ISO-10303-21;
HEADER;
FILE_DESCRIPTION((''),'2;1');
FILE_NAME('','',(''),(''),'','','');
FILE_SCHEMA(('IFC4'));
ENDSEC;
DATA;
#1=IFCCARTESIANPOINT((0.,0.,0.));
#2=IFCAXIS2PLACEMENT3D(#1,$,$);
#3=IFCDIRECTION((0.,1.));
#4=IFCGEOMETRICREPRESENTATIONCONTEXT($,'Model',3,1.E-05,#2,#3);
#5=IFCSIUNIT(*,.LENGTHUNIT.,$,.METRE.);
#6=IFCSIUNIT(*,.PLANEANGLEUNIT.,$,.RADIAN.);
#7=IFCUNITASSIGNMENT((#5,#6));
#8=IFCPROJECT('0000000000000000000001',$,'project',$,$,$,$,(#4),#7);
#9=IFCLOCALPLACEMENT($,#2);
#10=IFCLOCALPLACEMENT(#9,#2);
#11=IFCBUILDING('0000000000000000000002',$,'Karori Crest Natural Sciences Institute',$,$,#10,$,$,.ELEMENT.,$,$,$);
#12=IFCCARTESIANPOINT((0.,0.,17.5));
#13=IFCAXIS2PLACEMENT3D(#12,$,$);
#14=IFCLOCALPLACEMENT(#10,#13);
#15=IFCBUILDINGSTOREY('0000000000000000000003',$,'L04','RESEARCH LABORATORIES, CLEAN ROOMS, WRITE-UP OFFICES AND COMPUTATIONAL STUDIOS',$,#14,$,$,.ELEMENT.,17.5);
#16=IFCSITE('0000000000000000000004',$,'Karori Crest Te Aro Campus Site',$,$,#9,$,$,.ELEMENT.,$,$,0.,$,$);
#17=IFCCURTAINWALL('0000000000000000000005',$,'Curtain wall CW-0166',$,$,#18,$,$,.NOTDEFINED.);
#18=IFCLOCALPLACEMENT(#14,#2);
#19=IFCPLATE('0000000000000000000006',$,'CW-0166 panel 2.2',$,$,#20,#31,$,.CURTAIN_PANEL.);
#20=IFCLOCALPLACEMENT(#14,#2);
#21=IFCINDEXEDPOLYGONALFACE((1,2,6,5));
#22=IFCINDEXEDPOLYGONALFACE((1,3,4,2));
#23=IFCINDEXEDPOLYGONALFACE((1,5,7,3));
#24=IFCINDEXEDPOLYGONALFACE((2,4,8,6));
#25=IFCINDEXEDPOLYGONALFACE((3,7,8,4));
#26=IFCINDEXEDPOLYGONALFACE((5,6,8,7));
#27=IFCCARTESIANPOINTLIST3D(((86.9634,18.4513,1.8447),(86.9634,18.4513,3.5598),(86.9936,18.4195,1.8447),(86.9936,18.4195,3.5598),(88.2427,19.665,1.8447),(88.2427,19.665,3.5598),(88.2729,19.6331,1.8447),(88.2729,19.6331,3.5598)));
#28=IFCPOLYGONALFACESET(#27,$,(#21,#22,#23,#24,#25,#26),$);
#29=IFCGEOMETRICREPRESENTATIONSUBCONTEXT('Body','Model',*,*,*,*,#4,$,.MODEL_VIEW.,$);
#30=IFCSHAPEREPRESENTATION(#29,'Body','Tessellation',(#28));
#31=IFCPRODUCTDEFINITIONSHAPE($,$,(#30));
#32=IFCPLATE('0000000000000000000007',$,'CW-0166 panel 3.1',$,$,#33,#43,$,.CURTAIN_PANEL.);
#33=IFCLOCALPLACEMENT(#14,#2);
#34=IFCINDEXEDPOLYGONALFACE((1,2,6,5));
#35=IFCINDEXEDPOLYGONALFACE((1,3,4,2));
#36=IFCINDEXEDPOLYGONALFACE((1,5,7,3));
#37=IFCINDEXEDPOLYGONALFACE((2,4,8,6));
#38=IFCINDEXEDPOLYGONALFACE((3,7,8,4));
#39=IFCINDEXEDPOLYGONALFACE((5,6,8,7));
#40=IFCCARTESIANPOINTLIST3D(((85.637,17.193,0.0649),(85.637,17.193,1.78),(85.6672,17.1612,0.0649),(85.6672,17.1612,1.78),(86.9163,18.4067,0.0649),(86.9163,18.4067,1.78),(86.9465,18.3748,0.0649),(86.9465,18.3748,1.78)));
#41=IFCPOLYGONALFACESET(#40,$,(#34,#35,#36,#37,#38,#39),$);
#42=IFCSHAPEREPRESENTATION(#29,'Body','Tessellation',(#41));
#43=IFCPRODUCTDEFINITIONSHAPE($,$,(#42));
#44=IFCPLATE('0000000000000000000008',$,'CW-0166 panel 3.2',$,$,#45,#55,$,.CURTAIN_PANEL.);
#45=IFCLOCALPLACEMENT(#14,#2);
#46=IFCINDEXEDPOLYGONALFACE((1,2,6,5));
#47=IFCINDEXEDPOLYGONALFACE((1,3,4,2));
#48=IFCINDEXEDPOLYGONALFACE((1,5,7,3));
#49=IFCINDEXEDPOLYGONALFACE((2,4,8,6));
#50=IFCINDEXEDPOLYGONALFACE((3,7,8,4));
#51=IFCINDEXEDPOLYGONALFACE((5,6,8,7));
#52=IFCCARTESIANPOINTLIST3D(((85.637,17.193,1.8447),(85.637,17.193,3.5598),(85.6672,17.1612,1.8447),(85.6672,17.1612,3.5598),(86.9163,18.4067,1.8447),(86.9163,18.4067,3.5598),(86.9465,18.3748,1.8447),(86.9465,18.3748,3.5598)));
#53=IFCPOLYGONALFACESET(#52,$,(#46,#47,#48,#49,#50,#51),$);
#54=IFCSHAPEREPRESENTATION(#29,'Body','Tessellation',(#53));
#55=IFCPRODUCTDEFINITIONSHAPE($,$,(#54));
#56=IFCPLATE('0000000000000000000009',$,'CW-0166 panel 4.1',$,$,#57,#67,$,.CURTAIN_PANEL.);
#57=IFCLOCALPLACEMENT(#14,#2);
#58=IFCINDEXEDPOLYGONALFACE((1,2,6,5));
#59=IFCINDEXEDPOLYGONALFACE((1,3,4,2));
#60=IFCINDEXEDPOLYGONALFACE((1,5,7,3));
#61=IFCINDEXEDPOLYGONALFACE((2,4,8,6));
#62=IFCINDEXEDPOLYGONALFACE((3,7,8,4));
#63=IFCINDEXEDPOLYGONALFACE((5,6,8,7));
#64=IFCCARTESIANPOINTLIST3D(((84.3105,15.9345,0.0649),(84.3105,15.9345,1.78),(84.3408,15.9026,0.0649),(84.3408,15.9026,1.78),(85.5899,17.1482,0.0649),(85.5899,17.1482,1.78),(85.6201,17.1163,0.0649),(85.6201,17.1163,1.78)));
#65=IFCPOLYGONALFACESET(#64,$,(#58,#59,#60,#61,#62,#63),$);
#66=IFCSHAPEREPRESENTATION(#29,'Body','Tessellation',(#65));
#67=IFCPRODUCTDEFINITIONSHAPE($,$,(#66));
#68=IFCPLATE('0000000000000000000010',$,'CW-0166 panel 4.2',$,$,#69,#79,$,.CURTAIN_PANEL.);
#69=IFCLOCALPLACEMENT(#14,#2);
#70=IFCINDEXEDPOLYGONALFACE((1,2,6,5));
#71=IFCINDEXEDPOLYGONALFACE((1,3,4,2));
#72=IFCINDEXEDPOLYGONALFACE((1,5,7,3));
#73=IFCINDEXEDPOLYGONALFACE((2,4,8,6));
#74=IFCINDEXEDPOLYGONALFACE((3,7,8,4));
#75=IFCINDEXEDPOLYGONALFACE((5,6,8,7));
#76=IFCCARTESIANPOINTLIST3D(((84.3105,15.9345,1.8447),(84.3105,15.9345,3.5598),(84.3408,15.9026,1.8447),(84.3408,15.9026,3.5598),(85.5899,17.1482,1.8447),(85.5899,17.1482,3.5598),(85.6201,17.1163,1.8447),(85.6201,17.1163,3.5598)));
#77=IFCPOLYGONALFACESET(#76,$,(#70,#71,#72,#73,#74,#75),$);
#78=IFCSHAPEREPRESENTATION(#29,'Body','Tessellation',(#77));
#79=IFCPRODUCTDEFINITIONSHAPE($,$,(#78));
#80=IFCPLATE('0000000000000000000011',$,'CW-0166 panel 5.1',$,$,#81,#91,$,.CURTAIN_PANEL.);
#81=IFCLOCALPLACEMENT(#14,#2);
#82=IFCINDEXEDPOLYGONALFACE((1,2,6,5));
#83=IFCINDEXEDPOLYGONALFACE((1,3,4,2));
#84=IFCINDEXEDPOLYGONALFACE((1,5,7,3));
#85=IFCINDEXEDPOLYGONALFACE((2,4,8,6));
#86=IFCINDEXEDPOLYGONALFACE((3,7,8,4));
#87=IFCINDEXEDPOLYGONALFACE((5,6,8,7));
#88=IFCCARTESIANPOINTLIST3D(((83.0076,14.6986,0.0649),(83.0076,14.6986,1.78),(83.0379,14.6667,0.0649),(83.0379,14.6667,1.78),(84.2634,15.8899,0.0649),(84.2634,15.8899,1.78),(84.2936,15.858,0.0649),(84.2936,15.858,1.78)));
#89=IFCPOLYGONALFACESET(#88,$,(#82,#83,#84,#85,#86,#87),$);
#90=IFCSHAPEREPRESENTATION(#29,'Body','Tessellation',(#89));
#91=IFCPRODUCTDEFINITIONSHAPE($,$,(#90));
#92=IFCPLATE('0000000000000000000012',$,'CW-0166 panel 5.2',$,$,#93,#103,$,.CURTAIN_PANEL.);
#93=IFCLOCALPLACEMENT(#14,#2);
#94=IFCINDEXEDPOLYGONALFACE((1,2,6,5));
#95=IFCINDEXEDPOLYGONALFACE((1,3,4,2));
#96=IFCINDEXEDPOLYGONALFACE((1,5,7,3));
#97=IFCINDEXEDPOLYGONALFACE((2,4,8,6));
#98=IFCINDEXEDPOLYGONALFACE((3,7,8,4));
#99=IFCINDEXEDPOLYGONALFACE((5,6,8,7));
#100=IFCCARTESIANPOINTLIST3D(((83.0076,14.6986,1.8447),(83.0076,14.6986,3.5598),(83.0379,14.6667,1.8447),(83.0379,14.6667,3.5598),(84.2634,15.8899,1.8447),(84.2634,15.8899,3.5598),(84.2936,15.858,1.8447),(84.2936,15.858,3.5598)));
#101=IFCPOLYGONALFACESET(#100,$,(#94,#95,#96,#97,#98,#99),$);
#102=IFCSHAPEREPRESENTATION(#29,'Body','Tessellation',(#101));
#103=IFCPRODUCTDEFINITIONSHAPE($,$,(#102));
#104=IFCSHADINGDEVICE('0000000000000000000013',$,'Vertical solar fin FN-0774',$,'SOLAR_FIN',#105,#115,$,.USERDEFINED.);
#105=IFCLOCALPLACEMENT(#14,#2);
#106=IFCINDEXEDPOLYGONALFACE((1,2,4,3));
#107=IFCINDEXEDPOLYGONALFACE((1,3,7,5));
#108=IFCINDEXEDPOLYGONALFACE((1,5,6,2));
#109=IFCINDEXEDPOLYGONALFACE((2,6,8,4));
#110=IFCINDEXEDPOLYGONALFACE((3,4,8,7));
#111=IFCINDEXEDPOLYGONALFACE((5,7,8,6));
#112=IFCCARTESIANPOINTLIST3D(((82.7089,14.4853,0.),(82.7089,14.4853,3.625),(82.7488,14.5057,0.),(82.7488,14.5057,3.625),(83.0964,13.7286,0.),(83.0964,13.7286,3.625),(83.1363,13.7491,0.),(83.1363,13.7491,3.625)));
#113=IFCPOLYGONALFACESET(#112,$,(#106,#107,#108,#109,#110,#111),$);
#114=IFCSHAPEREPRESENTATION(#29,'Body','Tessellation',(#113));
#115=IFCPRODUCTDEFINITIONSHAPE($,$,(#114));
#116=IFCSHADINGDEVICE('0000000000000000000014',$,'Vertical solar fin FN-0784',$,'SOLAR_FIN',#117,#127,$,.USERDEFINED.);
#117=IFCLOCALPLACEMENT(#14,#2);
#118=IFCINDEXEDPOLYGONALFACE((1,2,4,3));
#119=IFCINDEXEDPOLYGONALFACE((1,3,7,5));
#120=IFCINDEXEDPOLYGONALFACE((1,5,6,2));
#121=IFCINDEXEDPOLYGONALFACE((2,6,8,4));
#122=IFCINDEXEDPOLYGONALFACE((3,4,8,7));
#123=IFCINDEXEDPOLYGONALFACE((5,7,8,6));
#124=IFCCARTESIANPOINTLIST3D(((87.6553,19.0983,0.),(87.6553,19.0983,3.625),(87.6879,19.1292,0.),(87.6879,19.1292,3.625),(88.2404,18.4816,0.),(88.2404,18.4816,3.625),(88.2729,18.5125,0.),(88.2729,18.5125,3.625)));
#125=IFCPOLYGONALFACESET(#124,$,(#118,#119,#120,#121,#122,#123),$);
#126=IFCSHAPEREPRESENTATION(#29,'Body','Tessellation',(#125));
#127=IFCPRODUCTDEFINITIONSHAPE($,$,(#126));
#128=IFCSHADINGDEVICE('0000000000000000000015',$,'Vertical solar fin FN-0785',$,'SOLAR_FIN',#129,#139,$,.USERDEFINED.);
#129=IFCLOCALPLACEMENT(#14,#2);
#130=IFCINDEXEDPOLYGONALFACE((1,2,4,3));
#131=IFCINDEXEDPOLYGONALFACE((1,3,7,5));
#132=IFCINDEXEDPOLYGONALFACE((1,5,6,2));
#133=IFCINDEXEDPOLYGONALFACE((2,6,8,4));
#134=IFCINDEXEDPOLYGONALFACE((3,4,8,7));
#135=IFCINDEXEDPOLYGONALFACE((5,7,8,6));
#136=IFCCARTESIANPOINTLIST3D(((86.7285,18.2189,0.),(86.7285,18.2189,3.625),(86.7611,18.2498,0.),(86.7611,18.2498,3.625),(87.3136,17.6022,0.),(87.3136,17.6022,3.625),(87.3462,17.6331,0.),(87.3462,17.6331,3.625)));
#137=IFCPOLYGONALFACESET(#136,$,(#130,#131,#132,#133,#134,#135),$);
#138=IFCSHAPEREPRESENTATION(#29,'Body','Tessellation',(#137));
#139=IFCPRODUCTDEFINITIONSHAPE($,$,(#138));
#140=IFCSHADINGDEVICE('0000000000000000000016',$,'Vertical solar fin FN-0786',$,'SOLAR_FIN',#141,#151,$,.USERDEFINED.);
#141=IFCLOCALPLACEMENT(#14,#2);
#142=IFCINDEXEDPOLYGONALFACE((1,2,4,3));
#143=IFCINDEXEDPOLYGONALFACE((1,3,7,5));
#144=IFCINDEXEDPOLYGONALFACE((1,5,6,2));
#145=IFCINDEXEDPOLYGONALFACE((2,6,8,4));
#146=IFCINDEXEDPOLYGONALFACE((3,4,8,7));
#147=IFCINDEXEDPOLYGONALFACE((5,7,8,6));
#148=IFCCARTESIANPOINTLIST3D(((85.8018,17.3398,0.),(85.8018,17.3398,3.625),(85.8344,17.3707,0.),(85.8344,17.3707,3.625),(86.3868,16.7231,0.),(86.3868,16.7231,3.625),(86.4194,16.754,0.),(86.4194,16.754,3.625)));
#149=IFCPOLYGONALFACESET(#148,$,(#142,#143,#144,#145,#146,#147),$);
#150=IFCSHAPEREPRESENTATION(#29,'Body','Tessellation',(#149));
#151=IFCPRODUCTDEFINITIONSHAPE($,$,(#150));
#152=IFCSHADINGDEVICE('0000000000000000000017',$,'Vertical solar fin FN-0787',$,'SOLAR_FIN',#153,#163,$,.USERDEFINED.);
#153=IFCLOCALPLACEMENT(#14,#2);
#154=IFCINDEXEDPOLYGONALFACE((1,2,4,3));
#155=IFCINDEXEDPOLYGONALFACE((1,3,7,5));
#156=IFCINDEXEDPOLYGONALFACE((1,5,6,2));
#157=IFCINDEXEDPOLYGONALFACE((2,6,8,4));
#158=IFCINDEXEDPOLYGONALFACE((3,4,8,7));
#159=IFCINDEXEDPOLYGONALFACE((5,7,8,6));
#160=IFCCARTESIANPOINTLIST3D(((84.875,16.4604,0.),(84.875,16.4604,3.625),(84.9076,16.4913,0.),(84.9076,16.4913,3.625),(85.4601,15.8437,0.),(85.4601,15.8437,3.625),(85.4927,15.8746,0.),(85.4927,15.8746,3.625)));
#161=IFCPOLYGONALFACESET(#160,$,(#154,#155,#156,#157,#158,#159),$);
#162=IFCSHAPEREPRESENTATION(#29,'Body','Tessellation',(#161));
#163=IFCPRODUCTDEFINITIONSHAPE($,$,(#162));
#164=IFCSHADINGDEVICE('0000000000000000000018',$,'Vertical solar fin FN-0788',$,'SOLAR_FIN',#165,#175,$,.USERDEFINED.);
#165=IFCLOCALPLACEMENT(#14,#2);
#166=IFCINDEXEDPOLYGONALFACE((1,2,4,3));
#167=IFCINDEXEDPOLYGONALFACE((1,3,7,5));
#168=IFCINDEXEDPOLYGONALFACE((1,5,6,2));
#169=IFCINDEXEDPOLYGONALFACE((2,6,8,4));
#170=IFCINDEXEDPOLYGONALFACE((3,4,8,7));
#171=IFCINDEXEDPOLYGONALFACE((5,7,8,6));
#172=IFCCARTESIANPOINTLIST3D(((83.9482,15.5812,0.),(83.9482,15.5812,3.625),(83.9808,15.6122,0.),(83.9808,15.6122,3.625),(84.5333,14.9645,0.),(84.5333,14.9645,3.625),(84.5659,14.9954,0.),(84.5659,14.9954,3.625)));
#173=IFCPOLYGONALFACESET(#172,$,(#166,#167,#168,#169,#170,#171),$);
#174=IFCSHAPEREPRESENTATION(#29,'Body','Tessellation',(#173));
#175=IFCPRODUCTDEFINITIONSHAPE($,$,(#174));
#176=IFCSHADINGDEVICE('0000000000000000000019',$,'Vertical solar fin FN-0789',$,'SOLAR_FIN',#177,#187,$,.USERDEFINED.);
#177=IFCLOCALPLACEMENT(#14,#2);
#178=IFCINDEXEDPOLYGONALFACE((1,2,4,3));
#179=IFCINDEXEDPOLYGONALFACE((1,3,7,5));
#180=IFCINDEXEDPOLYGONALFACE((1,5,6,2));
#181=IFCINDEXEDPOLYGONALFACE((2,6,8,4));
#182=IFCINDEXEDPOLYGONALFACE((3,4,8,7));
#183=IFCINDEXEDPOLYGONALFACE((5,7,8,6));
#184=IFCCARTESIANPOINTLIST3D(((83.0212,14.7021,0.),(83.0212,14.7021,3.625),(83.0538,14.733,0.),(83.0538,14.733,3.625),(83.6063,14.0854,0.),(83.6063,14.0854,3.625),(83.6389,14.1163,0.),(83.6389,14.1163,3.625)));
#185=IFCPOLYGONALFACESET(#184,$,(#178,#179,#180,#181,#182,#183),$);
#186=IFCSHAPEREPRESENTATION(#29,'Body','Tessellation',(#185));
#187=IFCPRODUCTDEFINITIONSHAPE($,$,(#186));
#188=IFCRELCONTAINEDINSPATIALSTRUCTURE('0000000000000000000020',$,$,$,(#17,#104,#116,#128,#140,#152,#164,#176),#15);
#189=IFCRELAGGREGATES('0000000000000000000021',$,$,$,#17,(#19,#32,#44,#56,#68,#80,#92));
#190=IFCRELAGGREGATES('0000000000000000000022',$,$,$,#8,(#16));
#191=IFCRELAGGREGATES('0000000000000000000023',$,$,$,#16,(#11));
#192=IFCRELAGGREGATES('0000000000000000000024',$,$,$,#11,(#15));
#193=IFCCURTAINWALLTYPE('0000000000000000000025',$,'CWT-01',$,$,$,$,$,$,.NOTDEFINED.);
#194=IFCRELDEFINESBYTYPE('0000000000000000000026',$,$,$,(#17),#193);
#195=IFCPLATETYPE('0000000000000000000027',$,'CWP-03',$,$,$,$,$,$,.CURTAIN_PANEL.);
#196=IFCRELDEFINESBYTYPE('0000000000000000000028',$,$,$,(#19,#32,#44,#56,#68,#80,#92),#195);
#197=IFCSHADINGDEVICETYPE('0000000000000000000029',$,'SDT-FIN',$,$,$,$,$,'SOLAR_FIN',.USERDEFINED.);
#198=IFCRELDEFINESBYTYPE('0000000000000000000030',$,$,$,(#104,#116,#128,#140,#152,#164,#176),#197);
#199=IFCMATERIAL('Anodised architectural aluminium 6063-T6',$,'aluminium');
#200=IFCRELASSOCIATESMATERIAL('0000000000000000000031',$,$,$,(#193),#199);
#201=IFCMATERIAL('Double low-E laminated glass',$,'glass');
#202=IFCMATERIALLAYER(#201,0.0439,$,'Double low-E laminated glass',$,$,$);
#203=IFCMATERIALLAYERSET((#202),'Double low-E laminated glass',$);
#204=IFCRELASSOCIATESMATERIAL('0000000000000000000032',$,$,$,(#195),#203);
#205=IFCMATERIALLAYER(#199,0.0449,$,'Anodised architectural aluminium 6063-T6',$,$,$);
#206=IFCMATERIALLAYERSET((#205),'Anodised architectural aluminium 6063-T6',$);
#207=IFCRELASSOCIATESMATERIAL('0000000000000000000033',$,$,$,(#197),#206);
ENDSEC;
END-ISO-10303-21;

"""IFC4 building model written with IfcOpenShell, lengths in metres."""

from ifc_helpers import new_model, si_unit, direction, frame, origin, origin_2d, place, context, subcontext, project, spatial, rectangle, extrude, material, layer, layer_set, type_object, element, aggregate, save


model = new_model("IFC4")

# Units and contexts
model_context = context("Model", 3, precision=1e-05, world=origin(), true_north=direction((0.0, 1.0)))
body_context = subcontext(model_context, "Body", "Model", "MODEL_VIEW")
ifc_project = project(units=[si_unit("LENGTHUNIT", "METRE"), si_unit("PLANEANGLEUNIT", "RADIAN")], contexts=[model_context])

# Site, building, storey
site_placement = place(None, origin())
site = spatial("IfcSite", under=ifc_project, at=site_placement, Name="Karori Crest Te Aro Campus Site", CompositionType="ELEMENT", RefElevation=0.0)
building_placement = place(site_placement, origin())
building = spatial("IfcBuilding", under=site, at=building_placement, Name="Karori Crest Natural Sciences Institute", CompositionType="ELEMENT")
storey_placement = place(building_placement, frame((0.0, 0.0, 17.5)))
storey = spatial("IfcBuildingStorey", under=building, at=storey_placement, Name="L04", Description="RESEARCH LABORATORIES, CLEAN ROOMS, WRITE-UP OFFICES AND COMPUTATIONAL STUDIOS", CompositionType="ELEMENT", Elevation=17.5)

# Curtain wall, plates
ifc_material_1 = material(Name="Anodised architectural aluminium 6063-T6", Category="aluminium")
curtain_wall_type = type_object("IfcCurtainWallType", Name="CWT-01", PredefinedType="NOTDEFINED", material=ifc_material_1)
curtain_wall_placement = place(storey_placement, origin())
curtain_wall = element("IfcCurtainWall", 1, at=curtain_wall_placement, inside=storey, type_object=curtain_wall_type, Name="Curtain wall CW-0166", PredefinedType="NOTDEFINED")
ifc_material_2 = material(Name="Double low-E laminated glass", Category="glass")
ifc_layer_1 = layer(ifc_material_2, 0.0439, Name="Double low-E laminated glass")
ifc_layer_set_1 = layer_set([ifc_layer_1], Name="Double low-E laminated glass")
plate_type = type_object("IfcPlateType", Name="CWP-03", PredefinedType="CURTAIN_PANEL", material=ifc_layer_set_1)
plate_1_placement = place(storey_placement, frame((87.6182, 19.0422, 1.8447), z_axis=(0.0, 0.0, 1.0), x_axis=(-0.725473, -0.688251, 0.0)))
plate_1 = element("IfcPlate", 2, at=plate_1_placement, type_object=plate_type, Name="CW-0166 panel 2.2", PredefinedType="CURTAIN_PANEL", context=body_context, shape_type="SweptSolid", body=[
    extrude(rectangle(XDim=1.7634, YDim=0.0439, at=origin_2d()), origin(), (0.0, 0.0, 1.0), 1.7151),
])
plate_2_placement = place(storey_placement, frame((86.2917, 17.7839, 0.0649), z_axis=(0.0, 0.0, 1.0), x_axis=(-0.725473, -0.688251, 0.0)))
plate_2 = element("IfcPlate", 3, at=plate_2_placement, type_object=plate_type, Name="CW-0166 panel 3.1", PredefinedType="CURTAIN_PANEL", context=body_context, shape_type="SweptSolid", body=[
    extrude(rectangle(XDim=1.7634, YDim=0.0439, at=origin_2d()), origin(), (0.0, 0.0, 1.0), 1.7151),
])
plate_3_placement = place(storey_placement, frame((86.2917, 17.7839, 1.8447), z_axis=(0.0, 0.0, 1.0), x_axis=(-0.725473, -0.688251, 0.0)))
plate_3 = element("IfcPlate", 4, at=plate_3_placement, type_object=plate_type, Name="CW-0166 panel 3.2", PredefinedType="CURTAIN_PANEL", context=body_context, shape_type="SweptSolid", body=[
    extrude(rectangle(XDim=1.7634, YDim=0.0439, at=origin_2d()), origin(), (0.0, 0.0, 1.0), 1.7151),
])
plate_4_placement = place(storey_placement, frame((84.9653, 16.5254, 0.0649), z_axis=(0.0, 0.0, 1.0), x_axis=(-0.725473, -0.688251, 0.0)))
plate_4 = element("IfcPlate", 5, at=plate_4_placement, type_object=plate_type, Name="CW-0166 panel 4.1", PredefinedType="CURTAIN_PANEL", context=body_context, shape_type="SweptSolid", body=[
    extrude(rectangle(XDim=1.7634, YDim=0.0439, at=origin_2d()), origin(), (0.0, 0.0, 1.0), 1.7151),
])
plate_5_placement = place(storey_placement, frame((84.9653, 16.5254, 1.8447), z_axis=(0.0, 0.0, 1.0), x_axis=(-0.725473, -0.688251, 0.0)))
plate_5 = element("IfcPlate", 6, at=plate_5_placement, type_object=plate_type, Name="CW-0166 panel 4.2", PredefinedType="CURTAIN_PANEL", context=body_context, shape_type="SweptSolid", body=[
    extrude(rectangle(XDim=1.7634, YDim=0.0439, at=origin_2d()), origin(), (0.0, 0.0, 1.0), 1.7151),
])
plate_6_placement = place(storey_placement, frame((83.6506, 15.2783, 0.0649), z_axis=(0.0, 0.0, 1.0), x_axis=(-0.725473, -0.688251, 0.0)))
plate_6 = element("IfcPlate", 7, at=plate_6_placement, type_object=plate_type, Name="CW-0166 panel 5.1", PredefinedType="CURTAIN_PANEL", context=body_context, shape_type="SweptSolid", body=[
    extrude(rectangle(XDim=1.731, YDim=0.0439, at=origin_2d()), origin(), (0.0, 0.0, 1.0), 1.7151),
])
plate_7_placement = place(storey_placement, frame((83.6506, 15.2783, 1.8447), z_axis=(0.0, 0.0, 1.0), x_axis=(-0.725473, -0.688251, 0.0)))
plate_7 = element("IfcPlate", 8, at=plate_7_placement, type_object=plate_type, Name="CW-0166 panel 5.2", PredefinedType="CURTAIN_PANEL", context=body_context, shape_type="SweptSolid", body=[
    extrude(rectangle(XDim=1.731, YDim=0.0439, at=origin_2d()), origin(), (0.0, 0.0, 1.0), 1.7151),
])
aggregate(curtain_wall, [plate_1, plate_2, plate_3, plate_4, plate_5, plate_6, plate_7])

# Shading devices
ifc_layer_2 = layer(ifc_material_1, 0.0449, Name="Anodised architectural aluminium 6063-T6")
ifc_layer_set_2 = layer_set([ifc_layer_2], Name="Anodised architectural aluminium 6063-T6")
shading_device_type = type_object("IfcShadingDeviceType", Name="SDT-FIN", ElementType="SOLAR_FIN", PredefinedType="USERDEFINED", material=ifc_layer_set_2)
for number, where, z_axis, x_axis, name in (
    (9, (82.9226, 14.1172, 0.0), (0.0, 0.0, 1.0), (0.455829, -0.890067, 0.0), "Vertical solar fin FN-0774"),
    (10, (87.9641, 18.8054, 0.0), (0.0, 0.0, 1.0), (0.688251, -0.725473, 0.0), "Vertical solar fin FN-0784"),
    (11, (87.0374, 17.926, 0.0), (0.0, 0.0, 1.0), (0.688251, -0.725473, 0.0), "Vertical solar fin FN-0785"),
    (12, (86.1106, 17.0469, 0.0), (0.0, 0.0, 1.0), (0.688251, -0.725473, 0.0), "Vertical solar fin FN-0786"),
    (13, (85.1838, 16.1675, 0.0), (0.0, 0.0, 1.0), (0.688251, -0.725473, 0.0), "Vertical solar fin FN-0787"),
    (14, (84.2571, 15.2883, 0.0), (0.0, 0.0, 1.0), (0.688251, -0.725473, 0.0), "Vertical solar fin FN-0788"),
    (15, (83.3301, 14.4092, 0.0), (0.0, 0.0, 1.0), (0.688251, -0.725473, 0.0), "Vertical solar fin FN-0789"),
):
    element("IfcShadingDevice", number, at=place(storey_placement, frame(where, z_axis=z_axis, x_axis=x_axis)), inside=storey, type_object=shading_device_type, Name=name, ObjectType="SOLAR_FIN", PredefinedType="USERDEFINED", context=body_context, shape_type="SweptSolid", body=[
        extrude(rectangle(XDim=0.8501, YDim=0.0449, at=origin_2d()), origin(), (0.0, 0.0, 1.0), 3.625),
    ])

save(model, "model.ifc")
